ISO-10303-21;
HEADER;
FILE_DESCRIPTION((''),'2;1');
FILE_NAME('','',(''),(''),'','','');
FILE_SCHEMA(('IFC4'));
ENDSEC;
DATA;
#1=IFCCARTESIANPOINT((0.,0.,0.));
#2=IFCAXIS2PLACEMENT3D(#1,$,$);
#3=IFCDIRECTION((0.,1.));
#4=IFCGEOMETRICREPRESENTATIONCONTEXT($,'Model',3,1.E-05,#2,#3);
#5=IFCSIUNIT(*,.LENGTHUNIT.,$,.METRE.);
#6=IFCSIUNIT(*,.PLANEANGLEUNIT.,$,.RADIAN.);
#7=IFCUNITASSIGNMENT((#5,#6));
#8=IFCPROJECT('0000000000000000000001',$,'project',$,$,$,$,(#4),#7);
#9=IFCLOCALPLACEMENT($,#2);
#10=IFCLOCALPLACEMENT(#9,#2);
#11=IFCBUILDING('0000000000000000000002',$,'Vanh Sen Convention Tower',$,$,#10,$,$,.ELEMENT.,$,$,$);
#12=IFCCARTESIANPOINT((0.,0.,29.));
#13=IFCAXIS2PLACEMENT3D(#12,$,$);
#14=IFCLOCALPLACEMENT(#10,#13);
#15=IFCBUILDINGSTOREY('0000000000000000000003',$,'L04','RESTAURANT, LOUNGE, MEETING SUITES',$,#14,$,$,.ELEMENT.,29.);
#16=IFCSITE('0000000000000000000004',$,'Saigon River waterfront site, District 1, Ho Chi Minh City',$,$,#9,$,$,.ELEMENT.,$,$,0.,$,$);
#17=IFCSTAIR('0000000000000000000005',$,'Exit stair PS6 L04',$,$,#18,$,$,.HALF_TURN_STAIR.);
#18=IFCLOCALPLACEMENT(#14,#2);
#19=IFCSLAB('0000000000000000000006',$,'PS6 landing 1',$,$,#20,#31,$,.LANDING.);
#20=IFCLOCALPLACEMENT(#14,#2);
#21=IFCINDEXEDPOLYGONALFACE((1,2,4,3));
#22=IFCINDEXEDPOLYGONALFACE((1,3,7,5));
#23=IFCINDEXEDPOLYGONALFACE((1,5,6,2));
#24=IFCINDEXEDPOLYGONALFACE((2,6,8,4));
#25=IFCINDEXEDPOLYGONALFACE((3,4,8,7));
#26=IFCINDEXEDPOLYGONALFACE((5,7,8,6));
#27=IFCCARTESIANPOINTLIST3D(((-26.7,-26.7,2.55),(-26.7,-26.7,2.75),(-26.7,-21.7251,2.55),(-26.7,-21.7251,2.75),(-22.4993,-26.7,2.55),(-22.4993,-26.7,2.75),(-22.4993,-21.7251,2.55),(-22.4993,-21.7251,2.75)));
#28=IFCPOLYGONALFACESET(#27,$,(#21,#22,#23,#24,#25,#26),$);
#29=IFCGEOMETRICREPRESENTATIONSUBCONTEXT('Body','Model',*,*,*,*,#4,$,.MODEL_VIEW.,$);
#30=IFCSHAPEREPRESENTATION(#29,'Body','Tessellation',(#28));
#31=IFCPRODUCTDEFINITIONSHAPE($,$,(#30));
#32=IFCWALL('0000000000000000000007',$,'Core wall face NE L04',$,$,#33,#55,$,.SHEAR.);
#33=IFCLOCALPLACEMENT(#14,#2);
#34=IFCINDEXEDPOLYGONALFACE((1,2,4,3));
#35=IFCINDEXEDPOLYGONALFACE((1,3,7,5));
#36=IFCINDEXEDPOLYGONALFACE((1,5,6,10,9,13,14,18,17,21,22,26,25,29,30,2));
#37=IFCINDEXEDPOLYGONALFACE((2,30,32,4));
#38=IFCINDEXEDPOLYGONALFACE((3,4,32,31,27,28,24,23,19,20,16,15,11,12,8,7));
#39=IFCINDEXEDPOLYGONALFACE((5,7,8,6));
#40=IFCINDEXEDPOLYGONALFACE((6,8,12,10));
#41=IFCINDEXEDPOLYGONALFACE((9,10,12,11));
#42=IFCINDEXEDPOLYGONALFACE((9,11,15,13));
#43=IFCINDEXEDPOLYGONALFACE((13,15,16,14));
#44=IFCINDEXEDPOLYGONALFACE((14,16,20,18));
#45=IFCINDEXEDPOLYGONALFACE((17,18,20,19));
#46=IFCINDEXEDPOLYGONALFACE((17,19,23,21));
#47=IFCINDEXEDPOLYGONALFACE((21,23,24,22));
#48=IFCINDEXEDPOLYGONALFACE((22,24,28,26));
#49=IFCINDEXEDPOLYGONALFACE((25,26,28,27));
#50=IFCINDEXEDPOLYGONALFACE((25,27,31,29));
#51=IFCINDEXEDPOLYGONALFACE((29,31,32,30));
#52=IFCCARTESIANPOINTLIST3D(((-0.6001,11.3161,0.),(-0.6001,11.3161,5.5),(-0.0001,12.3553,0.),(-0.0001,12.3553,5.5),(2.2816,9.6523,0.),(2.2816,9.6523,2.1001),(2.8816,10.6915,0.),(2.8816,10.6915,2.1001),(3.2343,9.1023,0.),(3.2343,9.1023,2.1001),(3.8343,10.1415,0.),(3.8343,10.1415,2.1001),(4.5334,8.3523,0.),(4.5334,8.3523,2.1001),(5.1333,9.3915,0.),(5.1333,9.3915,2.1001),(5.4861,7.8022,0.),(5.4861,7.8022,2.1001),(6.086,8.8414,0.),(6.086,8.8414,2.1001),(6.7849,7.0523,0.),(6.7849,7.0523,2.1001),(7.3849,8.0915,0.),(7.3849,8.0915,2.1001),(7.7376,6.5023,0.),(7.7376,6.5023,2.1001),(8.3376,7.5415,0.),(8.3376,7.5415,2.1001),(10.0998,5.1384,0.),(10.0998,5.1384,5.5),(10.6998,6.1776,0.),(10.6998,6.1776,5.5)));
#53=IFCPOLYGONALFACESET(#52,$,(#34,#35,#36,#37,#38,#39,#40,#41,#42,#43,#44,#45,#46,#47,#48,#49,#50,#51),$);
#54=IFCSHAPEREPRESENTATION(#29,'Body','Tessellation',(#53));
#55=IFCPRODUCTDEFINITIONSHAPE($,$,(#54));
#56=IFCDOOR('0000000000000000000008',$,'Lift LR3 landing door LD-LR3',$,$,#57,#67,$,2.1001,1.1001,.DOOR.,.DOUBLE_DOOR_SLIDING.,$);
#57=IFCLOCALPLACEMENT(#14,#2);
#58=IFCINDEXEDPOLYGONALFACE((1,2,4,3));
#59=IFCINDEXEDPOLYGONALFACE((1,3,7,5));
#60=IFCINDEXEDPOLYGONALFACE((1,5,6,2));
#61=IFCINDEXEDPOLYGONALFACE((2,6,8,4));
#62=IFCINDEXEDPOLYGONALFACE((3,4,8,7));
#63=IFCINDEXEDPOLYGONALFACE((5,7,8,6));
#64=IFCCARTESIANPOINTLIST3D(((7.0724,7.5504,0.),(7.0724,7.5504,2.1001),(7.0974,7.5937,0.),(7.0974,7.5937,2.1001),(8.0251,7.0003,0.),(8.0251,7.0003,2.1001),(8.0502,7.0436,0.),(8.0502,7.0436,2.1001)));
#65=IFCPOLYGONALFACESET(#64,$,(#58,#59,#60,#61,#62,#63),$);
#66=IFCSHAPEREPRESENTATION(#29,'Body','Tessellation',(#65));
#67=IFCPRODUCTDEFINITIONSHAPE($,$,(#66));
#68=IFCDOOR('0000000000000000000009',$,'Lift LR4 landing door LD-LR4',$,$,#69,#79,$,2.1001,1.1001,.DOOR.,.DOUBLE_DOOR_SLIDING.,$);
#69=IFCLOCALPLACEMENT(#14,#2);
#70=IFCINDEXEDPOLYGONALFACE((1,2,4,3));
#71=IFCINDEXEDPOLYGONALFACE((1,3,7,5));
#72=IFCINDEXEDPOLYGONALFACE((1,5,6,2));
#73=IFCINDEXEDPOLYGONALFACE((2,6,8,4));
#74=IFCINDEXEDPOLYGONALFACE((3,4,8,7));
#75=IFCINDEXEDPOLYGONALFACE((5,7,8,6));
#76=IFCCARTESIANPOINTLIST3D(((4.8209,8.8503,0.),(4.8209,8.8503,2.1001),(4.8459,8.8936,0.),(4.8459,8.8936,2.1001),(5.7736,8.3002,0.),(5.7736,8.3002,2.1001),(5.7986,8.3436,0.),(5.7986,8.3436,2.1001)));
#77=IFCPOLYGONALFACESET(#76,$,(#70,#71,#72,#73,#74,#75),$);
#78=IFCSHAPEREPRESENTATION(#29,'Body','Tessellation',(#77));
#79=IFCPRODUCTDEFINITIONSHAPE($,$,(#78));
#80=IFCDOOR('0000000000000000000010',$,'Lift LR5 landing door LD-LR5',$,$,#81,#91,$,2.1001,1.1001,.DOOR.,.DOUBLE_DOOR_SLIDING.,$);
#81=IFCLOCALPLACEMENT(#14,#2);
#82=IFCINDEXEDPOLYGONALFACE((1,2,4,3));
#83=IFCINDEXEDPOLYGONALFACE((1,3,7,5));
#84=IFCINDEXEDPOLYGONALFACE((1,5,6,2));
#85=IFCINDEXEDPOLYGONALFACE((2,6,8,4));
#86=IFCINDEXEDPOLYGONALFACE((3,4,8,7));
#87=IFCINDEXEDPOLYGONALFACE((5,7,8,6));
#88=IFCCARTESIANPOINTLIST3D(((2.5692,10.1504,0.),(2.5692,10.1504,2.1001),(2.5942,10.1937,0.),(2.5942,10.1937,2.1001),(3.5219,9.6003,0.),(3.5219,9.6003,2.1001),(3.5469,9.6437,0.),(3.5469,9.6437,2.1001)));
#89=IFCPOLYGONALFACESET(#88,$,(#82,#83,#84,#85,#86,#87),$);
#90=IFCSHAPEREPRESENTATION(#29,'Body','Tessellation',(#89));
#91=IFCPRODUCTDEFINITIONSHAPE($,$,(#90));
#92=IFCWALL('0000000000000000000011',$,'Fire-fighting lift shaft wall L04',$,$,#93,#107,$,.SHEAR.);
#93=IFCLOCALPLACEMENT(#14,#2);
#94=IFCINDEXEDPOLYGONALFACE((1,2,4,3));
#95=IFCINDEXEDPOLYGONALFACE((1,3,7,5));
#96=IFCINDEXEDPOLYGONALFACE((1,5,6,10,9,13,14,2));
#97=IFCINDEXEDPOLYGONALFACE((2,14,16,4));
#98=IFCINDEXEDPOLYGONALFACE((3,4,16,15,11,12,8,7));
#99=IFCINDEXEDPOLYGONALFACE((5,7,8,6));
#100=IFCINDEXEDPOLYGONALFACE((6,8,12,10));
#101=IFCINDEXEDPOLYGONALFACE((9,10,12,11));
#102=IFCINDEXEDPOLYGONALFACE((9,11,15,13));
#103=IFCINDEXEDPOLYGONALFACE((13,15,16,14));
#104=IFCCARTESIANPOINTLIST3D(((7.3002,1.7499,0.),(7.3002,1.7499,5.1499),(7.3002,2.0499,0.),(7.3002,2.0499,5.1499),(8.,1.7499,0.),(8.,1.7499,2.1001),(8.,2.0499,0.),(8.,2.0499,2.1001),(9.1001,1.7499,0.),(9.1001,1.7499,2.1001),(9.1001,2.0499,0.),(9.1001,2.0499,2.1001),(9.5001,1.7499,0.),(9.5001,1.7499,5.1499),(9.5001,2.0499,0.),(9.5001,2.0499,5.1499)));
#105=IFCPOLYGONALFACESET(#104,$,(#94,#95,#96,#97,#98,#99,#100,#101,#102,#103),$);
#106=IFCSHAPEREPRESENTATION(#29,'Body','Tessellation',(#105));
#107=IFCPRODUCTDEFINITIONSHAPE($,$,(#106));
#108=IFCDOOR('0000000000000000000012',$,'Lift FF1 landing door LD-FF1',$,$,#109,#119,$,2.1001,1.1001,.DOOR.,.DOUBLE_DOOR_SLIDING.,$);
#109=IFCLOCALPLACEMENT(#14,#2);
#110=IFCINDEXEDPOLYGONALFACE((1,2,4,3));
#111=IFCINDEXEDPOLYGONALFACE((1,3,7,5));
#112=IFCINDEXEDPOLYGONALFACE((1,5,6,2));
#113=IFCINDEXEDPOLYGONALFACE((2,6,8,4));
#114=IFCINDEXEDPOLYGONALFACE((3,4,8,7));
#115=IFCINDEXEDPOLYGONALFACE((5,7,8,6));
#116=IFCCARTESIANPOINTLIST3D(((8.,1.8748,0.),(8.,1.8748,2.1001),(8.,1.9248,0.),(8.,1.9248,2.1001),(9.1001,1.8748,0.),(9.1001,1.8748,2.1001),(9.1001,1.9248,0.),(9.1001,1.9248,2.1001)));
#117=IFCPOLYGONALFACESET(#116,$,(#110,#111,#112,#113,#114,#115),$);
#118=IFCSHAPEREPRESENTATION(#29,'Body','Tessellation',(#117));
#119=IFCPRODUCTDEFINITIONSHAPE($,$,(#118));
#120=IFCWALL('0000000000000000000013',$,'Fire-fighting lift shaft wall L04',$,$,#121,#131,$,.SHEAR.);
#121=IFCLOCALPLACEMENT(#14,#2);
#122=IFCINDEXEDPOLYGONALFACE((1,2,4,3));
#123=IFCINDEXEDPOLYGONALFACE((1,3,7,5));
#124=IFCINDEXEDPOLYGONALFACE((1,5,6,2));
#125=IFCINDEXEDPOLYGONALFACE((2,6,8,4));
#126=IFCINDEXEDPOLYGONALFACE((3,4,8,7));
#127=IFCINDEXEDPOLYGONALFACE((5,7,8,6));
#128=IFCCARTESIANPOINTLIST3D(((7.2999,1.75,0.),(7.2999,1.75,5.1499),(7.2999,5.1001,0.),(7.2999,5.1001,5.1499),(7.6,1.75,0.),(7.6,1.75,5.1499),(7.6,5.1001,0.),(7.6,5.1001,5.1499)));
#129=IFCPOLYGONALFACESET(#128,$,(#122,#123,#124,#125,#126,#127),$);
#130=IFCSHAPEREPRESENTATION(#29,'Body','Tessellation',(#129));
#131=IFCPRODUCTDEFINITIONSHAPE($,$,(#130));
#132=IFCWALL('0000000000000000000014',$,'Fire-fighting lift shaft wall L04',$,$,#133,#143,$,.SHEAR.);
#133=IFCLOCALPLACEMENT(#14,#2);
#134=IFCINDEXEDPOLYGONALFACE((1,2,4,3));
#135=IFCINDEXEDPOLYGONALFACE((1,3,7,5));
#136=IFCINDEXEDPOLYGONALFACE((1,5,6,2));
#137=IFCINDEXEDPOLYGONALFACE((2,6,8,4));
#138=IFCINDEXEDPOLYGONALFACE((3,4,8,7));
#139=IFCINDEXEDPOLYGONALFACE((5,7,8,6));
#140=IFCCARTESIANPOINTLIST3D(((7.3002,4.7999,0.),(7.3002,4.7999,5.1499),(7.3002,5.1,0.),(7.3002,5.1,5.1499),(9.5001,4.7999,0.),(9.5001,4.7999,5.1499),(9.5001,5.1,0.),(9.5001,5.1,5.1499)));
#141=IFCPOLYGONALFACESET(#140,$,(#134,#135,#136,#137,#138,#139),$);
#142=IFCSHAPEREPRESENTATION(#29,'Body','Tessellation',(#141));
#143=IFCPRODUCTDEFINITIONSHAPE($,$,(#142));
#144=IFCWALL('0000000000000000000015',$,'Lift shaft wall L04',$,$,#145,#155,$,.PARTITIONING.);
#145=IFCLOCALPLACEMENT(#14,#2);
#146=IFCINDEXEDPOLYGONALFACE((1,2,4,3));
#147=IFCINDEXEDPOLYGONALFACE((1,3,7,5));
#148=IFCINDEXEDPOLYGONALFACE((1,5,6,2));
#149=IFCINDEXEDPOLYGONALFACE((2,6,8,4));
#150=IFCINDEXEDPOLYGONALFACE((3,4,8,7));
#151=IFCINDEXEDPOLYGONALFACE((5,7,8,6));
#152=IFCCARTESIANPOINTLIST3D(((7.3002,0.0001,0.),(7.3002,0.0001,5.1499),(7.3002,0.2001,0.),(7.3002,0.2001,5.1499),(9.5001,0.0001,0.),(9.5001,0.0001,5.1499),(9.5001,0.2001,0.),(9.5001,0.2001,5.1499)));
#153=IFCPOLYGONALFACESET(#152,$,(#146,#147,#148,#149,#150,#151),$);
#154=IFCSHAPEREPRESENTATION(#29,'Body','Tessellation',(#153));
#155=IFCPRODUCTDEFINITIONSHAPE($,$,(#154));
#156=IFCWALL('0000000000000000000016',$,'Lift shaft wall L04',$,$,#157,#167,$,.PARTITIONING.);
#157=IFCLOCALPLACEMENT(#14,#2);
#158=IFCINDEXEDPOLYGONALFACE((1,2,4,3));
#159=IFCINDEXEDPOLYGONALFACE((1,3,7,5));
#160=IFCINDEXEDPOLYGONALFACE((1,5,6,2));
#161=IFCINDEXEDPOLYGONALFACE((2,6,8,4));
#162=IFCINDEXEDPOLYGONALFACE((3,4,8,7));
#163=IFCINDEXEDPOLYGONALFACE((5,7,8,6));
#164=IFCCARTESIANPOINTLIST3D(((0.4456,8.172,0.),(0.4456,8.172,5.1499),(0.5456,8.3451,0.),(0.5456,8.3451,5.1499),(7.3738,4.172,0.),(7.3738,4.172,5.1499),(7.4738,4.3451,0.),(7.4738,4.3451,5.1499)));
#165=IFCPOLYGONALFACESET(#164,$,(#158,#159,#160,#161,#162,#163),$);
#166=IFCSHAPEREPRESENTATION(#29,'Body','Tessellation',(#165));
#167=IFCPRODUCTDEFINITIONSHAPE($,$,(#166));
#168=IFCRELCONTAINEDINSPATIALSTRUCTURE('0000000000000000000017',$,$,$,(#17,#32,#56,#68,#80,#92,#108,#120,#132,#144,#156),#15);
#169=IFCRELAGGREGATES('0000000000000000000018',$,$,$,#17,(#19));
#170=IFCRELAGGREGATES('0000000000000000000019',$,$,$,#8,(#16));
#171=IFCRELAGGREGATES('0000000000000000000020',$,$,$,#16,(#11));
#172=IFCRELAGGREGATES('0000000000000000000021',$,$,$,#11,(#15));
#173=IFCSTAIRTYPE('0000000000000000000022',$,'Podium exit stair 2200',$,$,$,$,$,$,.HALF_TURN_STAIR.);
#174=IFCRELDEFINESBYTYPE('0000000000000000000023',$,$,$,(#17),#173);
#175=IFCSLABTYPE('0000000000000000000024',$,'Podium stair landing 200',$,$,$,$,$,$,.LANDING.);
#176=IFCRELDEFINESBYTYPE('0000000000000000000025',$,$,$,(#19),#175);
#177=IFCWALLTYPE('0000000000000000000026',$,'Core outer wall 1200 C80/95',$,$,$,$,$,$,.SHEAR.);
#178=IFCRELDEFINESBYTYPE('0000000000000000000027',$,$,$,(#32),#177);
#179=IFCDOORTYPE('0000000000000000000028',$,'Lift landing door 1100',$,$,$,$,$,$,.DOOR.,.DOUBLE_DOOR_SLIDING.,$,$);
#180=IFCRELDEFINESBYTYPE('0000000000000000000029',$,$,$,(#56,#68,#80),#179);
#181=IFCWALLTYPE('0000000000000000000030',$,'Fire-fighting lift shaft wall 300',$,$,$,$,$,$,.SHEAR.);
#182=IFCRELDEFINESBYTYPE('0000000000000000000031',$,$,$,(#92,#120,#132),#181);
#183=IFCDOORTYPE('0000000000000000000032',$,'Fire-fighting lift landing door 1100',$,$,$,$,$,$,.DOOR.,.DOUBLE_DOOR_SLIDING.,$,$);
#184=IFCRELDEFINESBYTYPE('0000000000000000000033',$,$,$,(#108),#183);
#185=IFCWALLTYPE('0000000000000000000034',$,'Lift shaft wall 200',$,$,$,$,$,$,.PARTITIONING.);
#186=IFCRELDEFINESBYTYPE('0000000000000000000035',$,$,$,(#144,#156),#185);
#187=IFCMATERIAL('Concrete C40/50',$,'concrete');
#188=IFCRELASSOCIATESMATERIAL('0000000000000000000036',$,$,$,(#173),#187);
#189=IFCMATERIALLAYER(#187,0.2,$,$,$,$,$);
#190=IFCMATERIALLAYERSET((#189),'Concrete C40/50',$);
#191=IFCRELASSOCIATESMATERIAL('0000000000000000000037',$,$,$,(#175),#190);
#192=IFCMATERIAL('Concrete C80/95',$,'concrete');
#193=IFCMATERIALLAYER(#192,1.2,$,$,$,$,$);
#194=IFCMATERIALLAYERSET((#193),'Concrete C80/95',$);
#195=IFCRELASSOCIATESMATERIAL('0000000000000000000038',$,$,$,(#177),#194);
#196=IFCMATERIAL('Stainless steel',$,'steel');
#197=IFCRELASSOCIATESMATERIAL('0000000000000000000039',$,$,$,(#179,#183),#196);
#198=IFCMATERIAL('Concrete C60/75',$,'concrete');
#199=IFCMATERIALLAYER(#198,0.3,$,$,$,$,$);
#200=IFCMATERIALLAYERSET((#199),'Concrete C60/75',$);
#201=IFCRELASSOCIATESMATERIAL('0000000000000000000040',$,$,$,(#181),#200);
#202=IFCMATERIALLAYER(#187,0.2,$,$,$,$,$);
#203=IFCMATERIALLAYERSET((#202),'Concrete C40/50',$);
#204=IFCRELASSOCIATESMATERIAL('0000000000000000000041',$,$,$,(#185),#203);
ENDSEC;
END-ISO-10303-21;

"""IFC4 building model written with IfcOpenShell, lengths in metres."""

from ifc_helpers import new_model, si_unit, direction, frame, frame_2d, origin, place, context, subcontext, project, spatial, polyline, rectangle, outline, extrude, material, layer, layer_set, type_object, element, fill, aggregate, save


model = new_model("IFC4")

# Units and contexts
model_context = context("Model", 3, precision=1e-05, world=origin(), true_north=direction((0.0, 1.0)))
body_context = subcontext(model_context, "Body", "Model", "MODEL_VIEW")
ifc_project = project(units=[si_unit("LENGTHUNIT", "METRE"), si_unit("PLANEANGLEUNIT", "RADIAN")], contexts=[model_context])

# Site, building, storey
site_placement = place(None, origin())
site = spatial("IfcSite", under=ifc_project, at=site_placement, Name="Saigon River waterfront site, District 1, Ho Chi Minh City", CompositionType="ELEMENT", RefElevation=0.0)
building_placement = place(site_placement, origin())
building = spatial("IfcBuilding", under=site, at=building_placement, Name="Vanh Sen Convention Tower", CompositionType="ELEMENT")
storey_placement = place(building_placement, frame((0.0, 0.0, 29.0)))
storey = spatial("IfcBuildingStorey", under=building, at=storey_placement, Name="L04", Description="RESTAURANT, LOUNGE, MEETING SUITES", CompositionType="ELEMENT", Elevation=29.0)

# Stair, slab
ifc_material_1 = material(Name="Concrete C40/50", Category="concrete")
stair_type = type_object("IfcStairType", Name="Podium exit stair 2200", PredefinedType="HALF_TURN_STAIR", material=ifc_material_1)
stair_placement = place(storey_placement, origin())
stair = element("IfcStair", 1, at=stair_placement, inside=storey, type_object=stair_type, Name="Exit stair PS6 L04", PredefinedType="HALF_TURN_STAIR")
ifc_layer_1 = layer(ifc_material_1, 0.2)
ifc_layer_set_1 = layer_set([ifc_layer_1], Name="Concrete C40/50")
slab_type = type_object("IfcSlabType", Name="Podium stair landing 200", PredefinedType="LANDING", material=ifc_layer_set_1)
slab_placement = place(storey_placement, frame((0.0, 0.0, 2.55)))
slab = element("IfcSlab", 2, at=slab_placement, type_object=slab_type, Name="PS6 landing 1", PredefinedType="LANDING", context=body_context, shape_type="SweptSolid", body=[
    extrude(outline(polyline([(-22.4993, -21.7251), (-26.7, -21.7251), (-26.7, -26.7), (-22.4993, -26.7), (-22.4993, -21.7251)])), origin(), (0.0, 0.0, 1.0), 0.2),
])
aggregate(stair, [slab])

# Wall, openings, doors
ifc_material_2 = material(Name="Concrete C80/95", Category="concrete")
ifc_layer_2 = layer(ifc_material_2, 1.2)
ifc_layer_set_2 = layer_set([ifc_layer_2], Name="Concrete C80/95")
wall_type_1 = type_object("IfcWallType", Name="Core outer wall 1200 C80/95", PredefinedType="SHEAR", material=ifc_layer_set_2)
wall_1_placement = place(storey_placement, frame((10.3999, 5.658, 0.0), z_axis=(0.0, 0.0, 1.0), x_axis=(-0.866021, 0.500007, 0.0)))
wall_1 = element("IfcWall", 3, at=wall_1_placement, inside=storey, type_object=wall_type_1, Name="Core wall face NE L04", PredefinedType="SHEAR", context=body_context, shape_type="SweptSolid", body=[
    extrude(rectangle(XDim=12.3552, YDim=1.2, at=frame_2d((6.1777, 0.0))), origin(), (0.0, 0.0, 1.0), 5.5),
])
opening_1_placement = place(wall_1_placement, frame((2.7278, 0.0, 0.0)))
opening_1 = element("IfcOpeningElement", 4, at=opening_1_placement, cuts=wall_1, PredefinedType="OPENING", context=body_context, shape_type="SweptSolid", body=[
    extrude(rectangle(XDim=1.1001, YDim=2.1001, at=frame_2d((0.55, 1.05))), frame((0.0, 0.6099, 0.0), z_axis=(0.0, -1.0, 0.0), x_axis=(1.0, 0.0, 0.0)), (0.0, 0.0, 1.0), 1.22),
])
opening_2_placement = place(wall_1_placement, frame((5.3276, 0.0, 0.0)))
opening_2 = element("IfcOpeningElement", 5, at=opening_2_placement, cuts=wall_1, PredefinedType="OPENING", context=body_context, shape_type="SweptSolid", body=[
    extrude(rectangle(XDim=1.1001, YDim=2.1001, at=frame_2d((0.55, 1.05))), frame((0.0, 0.6099, 0.0), z_axis=(0.0, -1.0, 0.0), x_axis=(1.0, 0.0, 0.0)), (0.0, 0.0, 1.0), 1.22),
])
opening_3_placement = place(wall_1_placement, frame((7.9277, 0.0, 0.0)))
opening_3 = element("IfcOpeningElement", 6, at=opening_3_placement, cuts=wall_1, PredefinedType="OPENING", context=body_context, shape_type="SweptSolid", body=[
    extrude(rectangle(XDim=1.1001, YDim=2.1001, at=frame_2d((0.55, 1.05))), frame((0.0, 0.6099, 0.0), z_axis=(0.0, -1.0, 0.0), x_axis=(1.0, 0.0, 0.0)), (0.0, 0.0, 1.0), 1.22),
])
ifc_material_3 = material(Name="Stainless steel", Category="steel")
door_type_1 = type_object("IfcDoorType", Name="Lift landing door 1100", OperationType="DOUBLE_DOOR_SLIDING", PredefinedType="DOOR", material=ifc_material_3)
door_1_placement = place(opening_1_placement, origin())
door_1 = element("IfcDoor", 7, at=door_1_placement, inside=storey, type_object=door_type_1, Name="Lift LR3 landing door LD-LR3", OperationType="DOUBLE_DOOR_SLIDING", OverallHeight=2.1001, OverallWidth=1.1001, PredefinedType="DOOR", context=body_context, shape_type="SweptSolid", body=[
    extrude(rectangle(XDim=1.1001, YDim=2.1001, at=frame_2d((0.55, 1.05))), frame((0.0, 0.0249, 0.0), z_axis=(0.0, -1.0, 0.0), x_axis=(1.0, 0.0, 0.0)), (0.0, 0.0, 1.0), 0.05),
])
fill(opening_1, door_1)
door_2_placement = place(opening_2_placement, origin())
door_2 = element("IfcDoor", 8, at=door_2_placement, inside=storey, type_object=door_type_1, Name="Lift LR4 landing door LD-LR4", OperationType="DOUBLE_DOOR_SLIDING", OverallHeight=2.1001, OverallWidth=1.1001, PredefinedType="DOOR", context=body_context, shape_type="SweptSolid", body=[
    extrude(rectangle(XDim=1.1001, YDim=2.1001, at=frame_2d((0.55, 1.05))), frame((0.0, 0.0249, 0.0), z_axis=(0.0, -1.0, 0.0), x_axis=(1.0, 0.0, 0.0)), (0.0, 0.0, 1.0), 0.05),
])
fill(opening_2, door_2)
door_3_placement = place(opening_3_placement, origin())
door_3 = element("IfcDoor", 9, at=door_3_placement, inside=storey, type_object=door_type_1, Name="Lift LR5 landing door LD-LR5", OperationType="DOUBLE_DOOR_SLIDING", OverallHeight=2.1001, OverallWidth=1.1001, PredefinedType="DOOR", context=body_context, shape_type="SweptSolid", body=[
    extrude(rectangle(XDim=1.1001, YDim=2.1001, at=frame_2d((0.55, 1.05))), frame((0.0, 0.0249, 0.0), z_axis=(0.0, -1.0, 0.0), x_axis=(1.0, 0.0, 0.0)), (0.0, 0.0, 1.0), 0.05),
])
fill(opening_3, door_3)

# Wall, opening, door
ifc_material_4 = material(Name="Concrete C60/75", Category="concrete")
ifc_layer_3 = layer(ifc_material_4, 0.3)
ifc_layer_set_3 = layer_set([ifc_layer_3], Name="Concrete C60/75")
wall_type_2 = type_object("IfcWallType", Name="Fire-fighting lift shaft wall 300", PredefinedType="SHEAR", material=ifc_layer_set_3)
wall_2_placement = place(storey_placement, frame((7.3, 1.8999, 0.0), z_axis=(0.0, 0.0, 1.0), x_axis=(1.0, 0.0, 0.0)))
wall_2 = element("IfcWall", 10, at=wall_2_placement, inside=storey, type_object=wall_type_2, Name="Fire-fighting lift shaft wall L04", PredefinedType="SHEAR", context=body_context, shape_type="SweptSolid", body=[
    extrude(rectangle(XDim=2.2, YDim=0.3, at=frame_2d((1.1001, 0.0))), origin(), (0.0, 0.0, 1.0), 5.1499),
])
opening_4_placement = place(wall_2_placement, frame((0.7, 0.0, 0.0)))
opening_4 = element("IfcOpeningElement", 11, at=opening_4_placement, cuts=wall_2, PredefinedType="OPENING", context=body_context, shape_type="SweptSolid", body=[
    extrude(rectangle(XDim=1.1001, YDim=2.1001, at=frame_2d((0.55, 1.05))), frame((0.0, 0.1599, 0.0), z_axis=(0.0, -1.0, 0.0), x_axis=(1.0, 0.0, 0.0)), (0.0, 0.0, 1.0), 0.3201),
])
door_type_2 = type_object("IfcDoorType", Name="Fire-fighting lift landing door 1100", OperationType="DOUBLE_DOOR_SLIDING", PredefinedType="DOOR", material=ifc_material_3)
door_4_placement = place(opening_4_placement, origin())
door_4 = element("IfcDoor", 12, at=door_4_placement, inside=storey, type_object=door_type_2, Name="Lift FF1 landing door LD-FF1", OperationType="DOUBLE_DOOR_SLIDING", OverallHeight=2.1001, OverallWidth=1.1001, PredefinedType="DOOR", context=body_context, shape_type="SweptSolid", body=[
    extrude(rectangle(XDim=1.1001, YDim=2.1001, at=frame_2d((0.55, 1.05))), frame((0.0, 0.0249, 0.0), z_axis=(0.0, -1.0, 0.0), x_axis=(1.0, 0.0, 0.0)), (0.0, 0.0, 1.0), 0.05),
])
fill(opening_4, door_4)

# Walls
wall_3_placement = place(storey_placement, frame((7.45, 1.75, 0.0), z_axis=(0.0, 0.0, 1.0), x_axis=(0.0, 1.0, 0.0)))
element("IfcWall", 13, at=wall_3_placement, inside=storey, type_object=wall_type_2, Name="Fire-fighting lift shaft wall L04", PredefinedType="SHEAR", context=body_context, shape_type="SweptSolid", body=[
    extrude(rectangle(XDim=3.3501, YDim=0.3, at=frame_2d((1.675, 0.0))), origin(), (0.0, 0.0, 1.0), 5.1499),
])
wall_4_placement = place(storey_placement, frame((7.3, 4.95, 0.0), z_axis=(0.0, 0.0, 1.0), x_axis=(1.0, 0.0, 0.0)))
element("IfcWall", 14, at=wall_4_placement, inside=storey, type_object=wall_type_2, Name="Fire-fighting lift shaft wall L04", PredefinedType="SHEAR", context=body_context, shape_type="SweptSolid", body=[
    extrude(rectangle(XDim=2.2, YDim=0.3, at=frame_2d((1.1001, 0.0))), origin(), (0.0, 0.0, 1.0), 5.1499),
])
ifc_layer_4 = layer(ifc_material_1, 0.2)
ifc_layer_set_4 = layer_set([ifc_layer_4], Name="Concrete C40/50")
wall_type_3 = type_object("IfcWallType", Name="Lift shaft wall 200", PredefinedType="PARTITIONING", material=ifc_layer_set_4)
wall_5_placement = place(storey_placement, frame((7.3, 0.1001, 0.0), z_axis=(0.0, 0.0, 1.0), x_axis=(1.0, 0.0, 0.0)))
element("IfcWall", 15, at=wall_5_placement, inside=storey, type_object=wall_type_3, Name="Lift shaft wall L04", PredefinedType="PARTITIONING", context=body_context, shape_type="SweptSolid", body=[
    extrude(rectangle(XDim=2.2, YDim=0.2, at=frame_2d((1.1001, 0.0))), origin(), (0.0, 0.0, 1.0), 5.1499),
])
wall_6_placement = place(storey_placement, frame((7.4238, 4.2585, 0.0), z_axis=(0.0, 0.0, 1.0), x_axis=(-0.866026, 0.499999, 0.0)))
element("IfcWall", 16, at=wall_6_placement, inside=storey, type_object=wall_type_3, Name="Lift shaft wall L04", PredefinedType="PARTITIONING", context=body_context, shape_type="SweptSolid", body=[
    extrude(rectangle(XDim=8.0, YDim=0.2, at=frame_2d((4.0, 0.0))), origin(), (0.0, 0.0, 1.0), 5.1499),
])

save(model, "model.ifc")
